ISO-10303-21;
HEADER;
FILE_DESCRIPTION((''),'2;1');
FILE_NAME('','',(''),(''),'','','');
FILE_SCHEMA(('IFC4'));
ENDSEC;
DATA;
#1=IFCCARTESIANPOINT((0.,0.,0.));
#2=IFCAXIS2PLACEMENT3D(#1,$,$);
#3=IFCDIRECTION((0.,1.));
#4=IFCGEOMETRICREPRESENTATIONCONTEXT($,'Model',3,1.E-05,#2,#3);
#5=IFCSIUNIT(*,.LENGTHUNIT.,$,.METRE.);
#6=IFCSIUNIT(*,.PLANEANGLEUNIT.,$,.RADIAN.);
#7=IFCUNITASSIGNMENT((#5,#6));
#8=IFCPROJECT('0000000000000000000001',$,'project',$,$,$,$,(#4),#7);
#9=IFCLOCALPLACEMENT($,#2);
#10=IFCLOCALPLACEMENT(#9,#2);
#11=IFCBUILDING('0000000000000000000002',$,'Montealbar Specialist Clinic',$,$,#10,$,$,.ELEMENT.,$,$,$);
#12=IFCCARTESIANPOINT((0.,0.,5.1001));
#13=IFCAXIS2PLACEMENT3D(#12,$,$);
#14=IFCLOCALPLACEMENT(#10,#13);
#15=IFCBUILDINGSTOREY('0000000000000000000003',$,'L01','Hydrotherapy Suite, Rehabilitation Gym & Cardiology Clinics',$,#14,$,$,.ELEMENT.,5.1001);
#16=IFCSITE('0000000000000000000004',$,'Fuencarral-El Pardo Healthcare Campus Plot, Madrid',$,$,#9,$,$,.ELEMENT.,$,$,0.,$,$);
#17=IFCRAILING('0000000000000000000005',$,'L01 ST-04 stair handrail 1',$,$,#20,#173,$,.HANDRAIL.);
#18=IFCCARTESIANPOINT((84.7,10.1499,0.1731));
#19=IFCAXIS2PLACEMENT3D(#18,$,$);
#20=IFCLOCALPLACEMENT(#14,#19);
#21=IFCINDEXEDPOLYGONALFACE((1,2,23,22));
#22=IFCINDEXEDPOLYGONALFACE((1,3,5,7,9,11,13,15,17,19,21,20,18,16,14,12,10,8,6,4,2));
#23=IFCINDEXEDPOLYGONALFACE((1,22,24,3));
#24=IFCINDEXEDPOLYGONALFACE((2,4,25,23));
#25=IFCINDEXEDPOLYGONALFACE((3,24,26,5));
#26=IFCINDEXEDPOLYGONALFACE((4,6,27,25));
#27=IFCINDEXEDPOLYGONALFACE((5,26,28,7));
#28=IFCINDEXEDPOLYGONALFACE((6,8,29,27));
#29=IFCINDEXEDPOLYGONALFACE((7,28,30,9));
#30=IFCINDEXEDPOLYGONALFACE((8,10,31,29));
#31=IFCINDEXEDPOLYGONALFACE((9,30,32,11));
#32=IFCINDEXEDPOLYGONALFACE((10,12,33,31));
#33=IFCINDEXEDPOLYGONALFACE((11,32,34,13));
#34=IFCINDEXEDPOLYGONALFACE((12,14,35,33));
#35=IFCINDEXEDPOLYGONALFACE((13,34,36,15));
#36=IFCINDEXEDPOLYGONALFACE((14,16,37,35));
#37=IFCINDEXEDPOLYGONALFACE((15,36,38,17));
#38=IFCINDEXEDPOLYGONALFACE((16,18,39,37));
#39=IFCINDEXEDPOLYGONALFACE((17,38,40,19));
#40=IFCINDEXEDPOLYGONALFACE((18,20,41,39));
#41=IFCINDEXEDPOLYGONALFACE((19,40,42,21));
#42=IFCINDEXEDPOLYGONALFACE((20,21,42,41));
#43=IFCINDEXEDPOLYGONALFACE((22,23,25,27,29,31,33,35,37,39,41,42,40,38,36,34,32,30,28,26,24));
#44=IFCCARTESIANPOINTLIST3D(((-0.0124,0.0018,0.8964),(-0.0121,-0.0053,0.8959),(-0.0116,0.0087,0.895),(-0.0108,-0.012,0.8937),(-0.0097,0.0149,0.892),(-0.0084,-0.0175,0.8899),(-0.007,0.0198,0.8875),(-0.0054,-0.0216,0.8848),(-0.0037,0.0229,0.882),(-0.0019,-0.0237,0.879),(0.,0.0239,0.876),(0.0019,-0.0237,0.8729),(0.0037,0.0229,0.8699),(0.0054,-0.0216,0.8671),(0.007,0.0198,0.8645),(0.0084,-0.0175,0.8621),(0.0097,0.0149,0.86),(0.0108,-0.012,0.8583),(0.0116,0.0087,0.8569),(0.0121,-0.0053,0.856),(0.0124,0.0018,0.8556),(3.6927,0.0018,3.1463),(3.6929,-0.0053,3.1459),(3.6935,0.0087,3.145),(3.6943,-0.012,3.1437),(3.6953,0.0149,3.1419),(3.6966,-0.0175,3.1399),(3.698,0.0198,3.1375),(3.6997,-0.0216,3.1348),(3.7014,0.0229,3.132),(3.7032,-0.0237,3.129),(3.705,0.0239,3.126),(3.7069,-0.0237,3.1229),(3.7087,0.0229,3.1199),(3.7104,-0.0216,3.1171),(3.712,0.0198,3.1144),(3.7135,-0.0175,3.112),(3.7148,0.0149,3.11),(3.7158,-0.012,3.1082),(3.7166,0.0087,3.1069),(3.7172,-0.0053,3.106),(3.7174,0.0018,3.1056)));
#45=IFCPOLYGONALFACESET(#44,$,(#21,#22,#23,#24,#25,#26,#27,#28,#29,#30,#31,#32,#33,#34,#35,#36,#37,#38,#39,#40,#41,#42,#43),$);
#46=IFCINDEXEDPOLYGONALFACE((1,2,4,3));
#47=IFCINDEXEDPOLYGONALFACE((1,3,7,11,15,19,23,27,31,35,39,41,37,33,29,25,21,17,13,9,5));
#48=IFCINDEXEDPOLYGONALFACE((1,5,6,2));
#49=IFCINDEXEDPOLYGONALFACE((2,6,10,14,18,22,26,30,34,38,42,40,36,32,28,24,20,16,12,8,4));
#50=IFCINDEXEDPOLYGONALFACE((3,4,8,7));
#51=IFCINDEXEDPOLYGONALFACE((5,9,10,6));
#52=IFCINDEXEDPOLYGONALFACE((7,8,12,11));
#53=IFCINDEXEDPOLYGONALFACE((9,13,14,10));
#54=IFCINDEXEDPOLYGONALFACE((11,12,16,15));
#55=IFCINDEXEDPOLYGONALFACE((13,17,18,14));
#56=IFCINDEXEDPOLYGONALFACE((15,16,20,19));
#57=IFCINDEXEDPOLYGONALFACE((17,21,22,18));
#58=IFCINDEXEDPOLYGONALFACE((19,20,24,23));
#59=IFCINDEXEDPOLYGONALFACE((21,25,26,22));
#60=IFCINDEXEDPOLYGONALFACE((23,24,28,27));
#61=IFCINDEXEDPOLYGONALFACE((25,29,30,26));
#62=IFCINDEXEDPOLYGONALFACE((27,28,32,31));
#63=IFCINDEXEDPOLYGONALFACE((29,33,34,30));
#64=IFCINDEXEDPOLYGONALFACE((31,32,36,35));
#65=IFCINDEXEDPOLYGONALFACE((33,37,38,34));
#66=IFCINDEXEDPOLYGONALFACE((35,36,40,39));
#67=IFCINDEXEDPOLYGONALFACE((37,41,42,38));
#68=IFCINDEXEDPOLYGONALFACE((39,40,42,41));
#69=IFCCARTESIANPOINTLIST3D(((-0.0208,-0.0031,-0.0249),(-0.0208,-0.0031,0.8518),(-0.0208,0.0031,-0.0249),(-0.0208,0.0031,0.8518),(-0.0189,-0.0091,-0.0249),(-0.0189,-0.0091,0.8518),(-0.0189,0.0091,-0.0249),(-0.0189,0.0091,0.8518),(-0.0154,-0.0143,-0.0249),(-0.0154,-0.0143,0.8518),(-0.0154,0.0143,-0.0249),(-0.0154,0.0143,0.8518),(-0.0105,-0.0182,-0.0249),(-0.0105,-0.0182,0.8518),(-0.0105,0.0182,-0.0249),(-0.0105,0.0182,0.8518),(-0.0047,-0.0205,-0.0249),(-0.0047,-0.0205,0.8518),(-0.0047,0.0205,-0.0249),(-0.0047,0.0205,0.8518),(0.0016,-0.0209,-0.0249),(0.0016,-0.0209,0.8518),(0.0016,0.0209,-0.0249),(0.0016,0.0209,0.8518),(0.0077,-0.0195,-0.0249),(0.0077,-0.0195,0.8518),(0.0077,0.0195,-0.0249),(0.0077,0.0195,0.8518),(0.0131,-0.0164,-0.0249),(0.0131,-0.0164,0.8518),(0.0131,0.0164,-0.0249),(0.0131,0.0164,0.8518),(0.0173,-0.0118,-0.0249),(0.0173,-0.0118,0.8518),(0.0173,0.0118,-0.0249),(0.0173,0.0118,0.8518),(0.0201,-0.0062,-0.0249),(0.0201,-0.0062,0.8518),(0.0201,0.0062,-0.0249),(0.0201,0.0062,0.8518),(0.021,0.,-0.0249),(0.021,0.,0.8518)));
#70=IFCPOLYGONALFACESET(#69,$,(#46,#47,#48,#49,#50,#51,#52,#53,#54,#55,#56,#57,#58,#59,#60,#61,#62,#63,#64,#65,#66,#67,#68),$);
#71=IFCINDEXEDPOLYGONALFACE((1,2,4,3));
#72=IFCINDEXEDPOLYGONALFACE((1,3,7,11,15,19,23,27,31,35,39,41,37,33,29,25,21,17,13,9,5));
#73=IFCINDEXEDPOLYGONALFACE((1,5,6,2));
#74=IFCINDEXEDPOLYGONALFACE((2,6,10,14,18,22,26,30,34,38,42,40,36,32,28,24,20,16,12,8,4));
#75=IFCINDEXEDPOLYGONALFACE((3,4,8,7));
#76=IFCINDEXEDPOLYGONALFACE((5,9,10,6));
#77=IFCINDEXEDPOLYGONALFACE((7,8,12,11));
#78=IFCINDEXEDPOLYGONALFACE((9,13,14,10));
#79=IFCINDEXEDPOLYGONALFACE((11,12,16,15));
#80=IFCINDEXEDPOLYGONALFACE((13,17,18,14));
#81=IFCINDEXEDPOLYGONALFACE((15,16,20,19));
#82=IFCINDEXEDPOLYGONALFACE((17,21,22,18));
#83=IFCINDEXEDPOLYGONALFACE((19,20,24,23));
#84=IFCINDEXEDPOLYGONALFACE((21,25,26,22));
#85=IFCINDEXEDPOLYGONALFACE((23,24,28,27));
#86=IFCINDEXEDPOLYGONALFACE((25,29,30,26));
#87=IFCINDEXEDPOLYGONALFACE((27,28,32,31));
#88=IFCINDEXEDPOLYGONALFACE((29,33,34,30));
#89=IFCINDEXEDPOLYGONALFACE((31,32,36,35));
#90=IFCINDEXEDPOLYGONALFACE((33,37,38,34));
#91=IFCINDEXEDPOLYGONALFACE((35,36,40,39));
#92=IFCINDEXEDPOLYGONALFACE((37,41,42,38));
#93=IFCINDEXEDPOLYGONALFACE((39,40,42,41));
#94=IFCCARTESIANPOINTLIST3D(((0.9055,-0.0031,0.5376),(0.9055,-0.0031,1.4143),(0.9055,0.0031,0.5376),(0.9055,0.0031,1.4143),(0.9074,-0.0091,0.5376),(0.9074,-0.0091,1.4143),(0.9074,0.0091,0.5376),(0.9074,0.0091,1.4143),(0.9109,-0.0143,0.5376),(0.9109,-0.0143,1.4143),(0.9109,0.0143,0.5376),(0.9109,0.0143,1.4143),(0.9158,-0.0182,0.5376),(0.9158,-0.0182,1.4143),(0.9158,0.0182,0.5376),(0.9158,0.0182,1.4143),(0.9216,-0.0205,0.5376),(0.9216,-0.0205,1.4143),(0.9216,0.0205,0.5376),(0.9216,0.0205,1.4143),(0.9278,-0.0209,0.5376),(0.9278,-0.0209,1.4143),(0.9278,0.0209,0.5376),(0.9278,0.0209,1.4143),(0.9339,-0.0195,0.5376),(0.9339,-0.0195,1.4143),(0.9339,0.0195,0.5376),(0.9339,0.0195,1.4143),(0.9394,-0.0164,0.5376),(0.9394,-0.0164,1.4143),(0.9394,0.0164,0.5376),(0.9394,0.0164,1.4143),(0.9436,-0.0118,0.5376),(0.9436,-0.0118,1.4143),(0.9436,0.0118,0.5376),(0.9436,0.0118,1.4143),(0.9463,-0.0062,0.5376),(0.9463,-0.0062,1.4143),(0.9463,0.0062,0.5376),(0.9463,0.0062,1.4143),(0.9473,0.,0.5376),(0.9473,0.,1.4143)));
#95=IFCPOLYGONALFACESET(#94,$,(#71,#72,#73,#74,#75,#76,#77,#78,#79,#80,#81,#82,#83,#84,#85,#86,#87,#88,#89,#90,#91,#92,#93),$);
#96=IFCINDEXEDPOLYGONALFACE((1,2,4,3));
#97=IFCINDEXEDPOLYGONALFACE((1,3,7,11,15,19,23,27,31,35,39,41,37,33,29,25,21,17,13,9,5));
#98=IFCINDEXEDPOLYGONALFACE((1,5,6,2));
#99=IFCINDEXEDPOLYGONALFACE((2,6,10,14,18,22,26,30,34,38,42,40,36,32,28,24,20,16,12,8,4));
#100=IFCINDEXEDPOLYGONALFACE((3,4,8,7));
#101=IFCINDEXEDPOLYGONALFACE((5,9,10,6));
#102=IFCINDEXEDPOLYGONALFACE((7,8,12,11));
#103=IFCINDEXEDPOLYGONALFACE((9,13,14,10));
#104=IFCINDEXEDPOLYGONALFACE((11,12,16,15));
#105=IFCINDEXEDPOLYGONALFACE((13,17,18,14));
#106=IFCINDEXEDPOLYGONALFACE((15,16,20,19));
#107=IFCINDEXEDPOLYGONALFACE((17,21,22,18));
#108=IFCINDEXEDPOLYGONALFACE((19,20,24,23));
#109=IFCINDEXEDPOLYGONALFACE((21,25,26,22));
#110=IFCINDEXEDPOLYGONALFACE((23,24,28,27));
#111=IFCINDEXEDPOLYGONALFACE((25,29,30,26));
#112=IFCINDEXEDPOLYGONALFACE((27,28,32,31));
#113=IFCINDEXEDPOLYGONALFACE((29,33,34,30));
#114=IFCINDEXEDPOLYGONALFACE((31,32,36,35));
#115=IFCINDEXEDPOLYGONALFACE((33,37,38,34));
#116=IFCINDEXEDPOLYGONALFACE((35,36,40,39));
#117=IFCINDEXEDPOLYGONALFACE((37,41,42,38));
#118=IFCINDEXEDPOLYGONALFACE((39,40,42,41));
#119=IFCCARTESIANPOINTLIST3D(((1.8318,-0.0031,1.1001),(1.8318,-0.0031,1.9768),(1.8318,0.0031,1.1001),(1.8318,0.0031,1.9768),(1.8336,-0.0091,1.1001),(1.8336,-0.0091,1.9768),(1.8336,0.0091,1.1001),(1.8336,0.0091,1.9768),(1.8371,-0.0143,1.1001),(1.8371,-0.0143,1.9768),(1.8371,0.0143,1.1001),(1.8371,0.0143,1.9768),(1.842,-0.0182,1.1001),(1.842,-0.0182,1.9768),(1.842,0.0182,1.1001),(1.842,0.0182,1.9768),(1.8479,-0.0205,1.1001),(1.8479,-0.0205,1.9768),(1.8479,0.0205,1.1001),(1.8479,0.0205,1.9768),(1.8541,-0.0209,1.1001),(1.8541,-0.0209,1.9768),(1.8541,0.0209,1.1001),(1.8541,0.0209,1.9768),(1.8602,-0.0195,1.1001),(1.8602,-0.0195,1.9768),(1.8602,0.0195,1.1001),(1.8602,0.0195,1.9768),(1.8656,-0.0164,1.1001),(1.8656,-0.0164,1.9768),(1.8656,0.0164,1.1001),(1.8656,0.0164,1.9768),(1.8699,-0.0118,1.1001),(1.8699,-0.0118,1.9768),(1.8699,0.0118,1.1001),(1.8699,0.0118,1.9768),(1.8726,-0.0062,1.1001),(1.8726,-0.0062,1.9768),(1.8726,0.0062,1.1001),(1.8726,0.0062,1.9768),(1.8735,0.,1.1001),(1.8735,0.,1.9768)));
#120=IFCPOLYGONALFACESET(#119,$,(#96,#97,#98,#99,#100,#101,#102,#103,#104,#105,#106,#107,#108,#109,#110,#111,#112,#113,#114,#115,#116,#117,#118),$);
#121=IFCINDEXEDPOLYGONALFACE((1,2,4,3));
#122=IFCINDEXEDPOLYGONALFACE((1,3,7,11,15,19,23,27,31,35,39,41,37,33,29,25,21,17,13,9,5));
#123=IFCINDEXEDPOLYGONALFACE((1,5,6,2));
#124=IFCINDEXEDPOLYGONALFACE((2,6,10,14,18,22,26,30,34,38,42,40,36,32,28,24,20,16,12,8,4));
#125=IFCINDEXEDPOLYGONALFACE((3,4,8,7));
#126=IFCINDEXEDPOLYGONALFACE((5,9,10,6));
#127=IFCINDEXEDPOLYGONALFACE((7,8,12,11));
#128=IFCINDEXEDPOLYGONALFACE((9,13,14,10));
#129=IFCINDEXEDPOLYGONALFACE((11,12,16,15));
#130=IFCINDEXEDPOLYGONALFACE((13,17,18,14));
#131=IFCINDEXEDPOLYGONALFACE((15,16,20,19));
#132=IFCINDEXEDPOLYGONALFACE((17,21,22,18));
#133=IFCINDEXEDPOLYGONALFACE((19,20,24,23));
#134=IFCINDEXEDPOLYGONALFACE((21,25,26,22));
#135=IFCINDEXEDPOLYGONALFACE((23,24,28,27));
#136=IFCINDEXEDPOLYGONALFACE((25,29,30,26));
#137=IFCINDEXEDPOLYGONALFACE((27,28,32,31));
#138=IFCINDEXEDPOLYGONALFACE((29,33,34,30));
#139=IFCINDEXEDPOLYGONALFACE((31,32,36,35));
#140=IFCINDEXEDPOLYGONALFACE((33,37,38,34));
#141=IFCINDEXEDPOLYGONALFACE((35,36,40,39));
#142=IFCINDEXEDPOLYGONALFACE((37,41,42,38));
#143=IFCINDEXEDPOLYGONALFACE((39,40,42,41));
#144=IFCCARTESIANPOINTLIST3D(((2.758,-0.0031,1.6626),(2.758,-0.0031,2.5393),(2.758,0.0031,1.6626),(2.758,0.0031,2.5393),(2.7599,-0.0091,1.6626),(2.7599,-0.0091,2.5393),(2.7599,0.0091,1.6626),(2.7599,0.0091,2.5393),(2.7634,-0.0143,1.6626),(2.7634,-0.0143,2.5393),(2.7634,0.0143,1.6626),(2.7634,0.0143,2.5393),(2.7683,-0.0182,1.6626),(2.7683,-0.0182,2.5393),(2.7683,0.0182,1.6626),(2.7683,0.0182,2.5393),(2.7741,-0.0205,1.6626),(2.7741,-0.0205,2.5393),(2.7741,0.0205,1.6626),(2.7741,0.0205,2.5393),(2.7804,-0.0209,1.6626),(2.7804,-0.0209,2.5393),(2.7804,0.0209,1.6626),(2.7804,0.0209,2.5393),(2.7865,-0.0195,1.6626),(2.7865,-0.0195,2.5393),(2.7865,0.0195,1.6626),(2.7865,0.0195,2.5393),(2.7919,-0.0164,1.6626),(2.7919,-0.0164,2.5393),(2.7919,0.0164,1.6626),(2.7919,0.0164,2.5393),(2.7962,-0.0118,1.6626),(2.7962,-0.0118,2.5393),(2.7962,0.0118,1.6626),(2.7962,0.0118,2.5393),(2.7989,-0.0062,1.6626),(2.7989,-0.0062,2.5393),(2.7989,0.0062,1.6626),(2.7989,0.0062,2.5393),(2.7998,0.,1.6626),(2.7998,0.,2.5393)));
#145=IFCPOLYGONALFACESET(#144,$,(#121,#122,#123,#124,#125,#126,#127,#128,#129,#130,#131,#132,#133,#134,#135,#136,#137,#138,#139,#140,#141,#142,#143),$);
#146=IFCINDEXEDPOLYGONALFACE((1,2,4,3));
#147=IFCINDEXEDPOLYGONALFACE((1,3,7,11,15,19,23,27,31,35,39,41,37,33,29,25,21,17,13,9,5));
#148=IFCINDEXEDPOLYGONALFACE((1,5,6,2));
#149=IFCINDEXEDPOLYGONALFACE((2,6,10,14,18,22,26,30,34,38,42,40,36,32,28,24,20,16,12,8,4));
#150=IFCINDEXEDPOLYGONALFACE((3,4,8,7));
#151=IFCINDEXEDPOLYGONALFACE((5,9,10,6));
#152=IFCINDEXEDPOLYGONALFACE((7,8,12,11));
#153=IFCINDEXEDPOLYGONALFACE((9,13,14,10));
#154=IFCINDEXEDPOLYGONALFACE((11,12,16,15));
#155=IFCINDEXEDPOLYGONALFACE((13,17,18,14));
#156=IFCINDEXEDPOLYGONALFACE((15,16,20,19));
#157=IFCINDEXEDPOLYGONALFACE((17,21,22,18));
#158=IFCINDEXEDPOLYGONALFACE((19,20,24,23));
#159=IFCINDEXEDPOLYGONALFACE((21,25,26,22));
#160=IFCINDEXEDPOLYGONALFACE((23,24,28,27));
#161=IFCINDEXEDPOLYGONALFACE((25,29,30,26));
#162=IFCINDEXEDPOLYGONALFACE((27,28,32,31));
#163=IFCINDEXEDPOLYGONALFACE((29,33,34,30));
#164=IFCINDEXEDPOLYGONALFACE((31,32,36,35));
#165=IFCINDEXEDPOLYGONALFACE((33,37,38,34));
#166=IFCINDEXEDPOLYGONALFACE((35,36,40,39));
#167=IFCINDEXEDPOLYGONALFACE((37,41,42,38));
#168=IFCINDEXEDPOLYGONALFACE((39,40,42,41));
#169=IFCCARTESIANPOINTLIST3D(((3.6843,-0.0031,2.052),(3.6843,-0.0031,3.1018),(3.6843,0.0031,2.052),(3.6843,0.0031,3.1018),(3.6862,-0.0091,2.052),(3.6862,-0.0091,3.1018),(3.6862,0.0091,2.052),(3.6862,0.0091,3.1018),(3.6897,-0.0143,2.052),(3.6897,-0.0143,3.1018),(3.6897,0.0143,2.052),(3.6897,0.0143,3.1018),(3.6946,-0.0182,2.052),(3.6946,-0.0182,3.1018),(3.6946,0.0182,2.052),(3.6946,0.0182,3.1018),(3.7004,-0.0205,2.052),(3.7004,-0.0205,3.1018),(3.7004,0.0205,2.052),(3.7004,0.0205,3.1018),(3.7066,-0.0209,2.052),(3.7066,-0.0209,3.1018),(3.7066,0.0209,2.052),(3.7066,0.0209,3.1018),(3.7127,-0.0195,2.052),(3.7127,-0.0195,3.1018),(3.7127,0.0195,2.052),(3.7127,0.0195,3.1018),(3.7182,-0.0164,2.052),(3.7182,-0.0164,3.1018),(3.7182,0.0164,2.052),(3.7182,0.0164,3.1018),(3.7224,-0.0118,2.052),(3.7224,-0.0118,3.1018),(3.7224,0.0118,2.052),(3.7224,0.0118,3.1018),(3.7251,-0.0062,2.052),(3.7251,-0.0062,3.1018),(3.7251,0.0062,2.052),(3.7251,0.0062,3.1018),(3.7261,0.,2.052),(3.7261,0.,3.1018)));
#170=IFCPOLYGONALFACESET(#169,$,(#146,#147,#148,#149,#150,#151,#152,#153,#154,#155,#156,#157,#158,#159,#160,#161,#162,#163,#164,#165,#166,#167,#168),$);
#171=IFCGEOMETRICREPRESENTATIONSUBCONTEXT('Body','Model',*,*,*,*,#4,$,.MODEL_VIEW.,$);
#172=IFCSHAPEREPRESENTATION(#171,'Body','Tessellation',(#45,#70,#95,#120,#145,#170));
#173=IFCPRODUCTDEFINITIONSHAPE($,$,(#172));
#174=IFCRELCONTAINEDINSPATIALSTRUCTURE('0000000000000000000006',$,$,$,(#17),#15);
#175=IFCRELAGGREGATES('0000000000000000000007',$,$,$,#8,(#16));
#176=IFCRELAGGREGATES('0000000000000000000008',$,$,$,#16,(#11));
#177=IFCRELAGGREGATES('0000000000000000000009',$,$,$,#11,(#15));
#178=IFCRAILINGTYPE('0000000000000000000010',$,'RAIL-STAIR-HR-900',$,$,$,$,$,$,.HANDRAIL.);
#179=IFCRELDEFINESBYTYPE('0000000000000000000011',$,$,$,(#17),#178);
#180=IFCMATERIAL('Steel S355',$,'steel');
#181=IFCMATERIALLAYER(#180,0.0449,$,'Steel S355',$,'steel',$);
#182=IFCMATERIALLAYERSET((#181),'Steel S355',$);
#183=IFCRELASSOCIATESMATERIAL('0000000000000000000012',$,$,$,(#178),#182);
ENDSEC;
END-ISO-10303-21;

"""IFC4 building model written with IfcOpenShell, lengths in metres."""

from ifc_helpers import new_model, si_unit, direction, frame, origin, origin_2d, place, context, subcontext, project, spatial, circle, extrude, material, layer, layer_set, type_object, element, save


model = new_model("IFC4")

# Units and contexts
model_context = context("Model", 3, precision=1e-05, world=origin(), true_north=direction((0.0, 1.0)))
body_context = subcontext(model_context, "Body", "Model", "MODEL_VIEW")
ifc_project = project(units=[si_unit("LENGTHUNIT", "METRE"), si_unit("PLANEANGLEUNIT", "RADIAN")], contexts=[model_context])

# Site, building, storey
site_placement = place(None, origin())
site = spatial("IfcSite", under=ifc_project, at=site_placement, Name="Fuencarral-El Pardo Healthcare Campus Plot, Madrid", CompositionType="ELEMENT", RefElevation=0.0)
building_placement = place(site_placement, origin())
building = spatial("IfcBuilding", under=site, at=building_placement, Name="Montealbar Specialist Clinic", CompositionType="ELEMENT")
storey_placement = place(building_placement, frame((0.0, 0.0, 5.1001)))
storey = spatial("IfcBuildingStorey", under=building, at=storey_placement, Name="L01", Description="Hydrotherapy Suite, Rehabilitation Gym & Cardiology Clinics", CompositionType="ELEMENT", Elevation=5.1001)

# Shared definitions
ifc_material_1 = material(Name="Steel S355", Category="steel")

# Railing
ifc_layer_1 = layer(ifc_material_1, 0.0449, Name="Steel S355", Category="steel")
ifc_layer_set_1 = layer_set([ifc_layer_1], Name="Steel S355")
railing_type_1 = type_object("IfcRailingType", Name="RAIL-STAIR-HR-900", PredefinedType="HANDRAIL", material=ifc_layer_set_1)
railing_1_placement = place(storey_placement, frame((84.7, 10.1499, 0.1731)))
element("IfcRailing", 1, at=railing_1_placement, inside=storey, type_object=railing_type_1, Name="L01 ST-04 stair handrail 1", PredefinedType="HANDRAIL", context=body_context, shape_type="SweptSolid", body=[
    extrude(circle(Radius=0.0239, at=origin_2d()), frame((0.0, 0.0, 0.876), z_axis=(0.854738, 0.0, 0.51906), x_axis=(0.0, 1.0, 0.0)), (0.0, 0.0, 1.0), 4.3347),
    extrude(circle(Radius=0.021, at=origin_2d()), frame((0.0, 0.0, -0.0249)), (0.0, 0.0, 1.0), 0.8767),
    extrude(circle(Radius=0.021, at=origin_2d()), frame((0.9263, 0.0, 0.5376)), (0.0, 0.0, 1.0), 0.8767),
    extrude(circle(Radius=0.021, at=origin_2d()), frame((1.8525, 0.0, 1.1001)), (0.0, 0.0, 1.0), 0.8767),
    extrude(circle(Radius=0.021, at=origin_2d()), frame((2.7788, 0.0, 1.6626)), (0.0, 0.0, 1.0), 0.8767),
    extrude(circle(Radius=0.021, at=origin_2d()), frame((3.7051, 0.0, 2.052)), (0.0, 0.0, 1.0), 1.0498),
])

save(model, "model.ifc")
